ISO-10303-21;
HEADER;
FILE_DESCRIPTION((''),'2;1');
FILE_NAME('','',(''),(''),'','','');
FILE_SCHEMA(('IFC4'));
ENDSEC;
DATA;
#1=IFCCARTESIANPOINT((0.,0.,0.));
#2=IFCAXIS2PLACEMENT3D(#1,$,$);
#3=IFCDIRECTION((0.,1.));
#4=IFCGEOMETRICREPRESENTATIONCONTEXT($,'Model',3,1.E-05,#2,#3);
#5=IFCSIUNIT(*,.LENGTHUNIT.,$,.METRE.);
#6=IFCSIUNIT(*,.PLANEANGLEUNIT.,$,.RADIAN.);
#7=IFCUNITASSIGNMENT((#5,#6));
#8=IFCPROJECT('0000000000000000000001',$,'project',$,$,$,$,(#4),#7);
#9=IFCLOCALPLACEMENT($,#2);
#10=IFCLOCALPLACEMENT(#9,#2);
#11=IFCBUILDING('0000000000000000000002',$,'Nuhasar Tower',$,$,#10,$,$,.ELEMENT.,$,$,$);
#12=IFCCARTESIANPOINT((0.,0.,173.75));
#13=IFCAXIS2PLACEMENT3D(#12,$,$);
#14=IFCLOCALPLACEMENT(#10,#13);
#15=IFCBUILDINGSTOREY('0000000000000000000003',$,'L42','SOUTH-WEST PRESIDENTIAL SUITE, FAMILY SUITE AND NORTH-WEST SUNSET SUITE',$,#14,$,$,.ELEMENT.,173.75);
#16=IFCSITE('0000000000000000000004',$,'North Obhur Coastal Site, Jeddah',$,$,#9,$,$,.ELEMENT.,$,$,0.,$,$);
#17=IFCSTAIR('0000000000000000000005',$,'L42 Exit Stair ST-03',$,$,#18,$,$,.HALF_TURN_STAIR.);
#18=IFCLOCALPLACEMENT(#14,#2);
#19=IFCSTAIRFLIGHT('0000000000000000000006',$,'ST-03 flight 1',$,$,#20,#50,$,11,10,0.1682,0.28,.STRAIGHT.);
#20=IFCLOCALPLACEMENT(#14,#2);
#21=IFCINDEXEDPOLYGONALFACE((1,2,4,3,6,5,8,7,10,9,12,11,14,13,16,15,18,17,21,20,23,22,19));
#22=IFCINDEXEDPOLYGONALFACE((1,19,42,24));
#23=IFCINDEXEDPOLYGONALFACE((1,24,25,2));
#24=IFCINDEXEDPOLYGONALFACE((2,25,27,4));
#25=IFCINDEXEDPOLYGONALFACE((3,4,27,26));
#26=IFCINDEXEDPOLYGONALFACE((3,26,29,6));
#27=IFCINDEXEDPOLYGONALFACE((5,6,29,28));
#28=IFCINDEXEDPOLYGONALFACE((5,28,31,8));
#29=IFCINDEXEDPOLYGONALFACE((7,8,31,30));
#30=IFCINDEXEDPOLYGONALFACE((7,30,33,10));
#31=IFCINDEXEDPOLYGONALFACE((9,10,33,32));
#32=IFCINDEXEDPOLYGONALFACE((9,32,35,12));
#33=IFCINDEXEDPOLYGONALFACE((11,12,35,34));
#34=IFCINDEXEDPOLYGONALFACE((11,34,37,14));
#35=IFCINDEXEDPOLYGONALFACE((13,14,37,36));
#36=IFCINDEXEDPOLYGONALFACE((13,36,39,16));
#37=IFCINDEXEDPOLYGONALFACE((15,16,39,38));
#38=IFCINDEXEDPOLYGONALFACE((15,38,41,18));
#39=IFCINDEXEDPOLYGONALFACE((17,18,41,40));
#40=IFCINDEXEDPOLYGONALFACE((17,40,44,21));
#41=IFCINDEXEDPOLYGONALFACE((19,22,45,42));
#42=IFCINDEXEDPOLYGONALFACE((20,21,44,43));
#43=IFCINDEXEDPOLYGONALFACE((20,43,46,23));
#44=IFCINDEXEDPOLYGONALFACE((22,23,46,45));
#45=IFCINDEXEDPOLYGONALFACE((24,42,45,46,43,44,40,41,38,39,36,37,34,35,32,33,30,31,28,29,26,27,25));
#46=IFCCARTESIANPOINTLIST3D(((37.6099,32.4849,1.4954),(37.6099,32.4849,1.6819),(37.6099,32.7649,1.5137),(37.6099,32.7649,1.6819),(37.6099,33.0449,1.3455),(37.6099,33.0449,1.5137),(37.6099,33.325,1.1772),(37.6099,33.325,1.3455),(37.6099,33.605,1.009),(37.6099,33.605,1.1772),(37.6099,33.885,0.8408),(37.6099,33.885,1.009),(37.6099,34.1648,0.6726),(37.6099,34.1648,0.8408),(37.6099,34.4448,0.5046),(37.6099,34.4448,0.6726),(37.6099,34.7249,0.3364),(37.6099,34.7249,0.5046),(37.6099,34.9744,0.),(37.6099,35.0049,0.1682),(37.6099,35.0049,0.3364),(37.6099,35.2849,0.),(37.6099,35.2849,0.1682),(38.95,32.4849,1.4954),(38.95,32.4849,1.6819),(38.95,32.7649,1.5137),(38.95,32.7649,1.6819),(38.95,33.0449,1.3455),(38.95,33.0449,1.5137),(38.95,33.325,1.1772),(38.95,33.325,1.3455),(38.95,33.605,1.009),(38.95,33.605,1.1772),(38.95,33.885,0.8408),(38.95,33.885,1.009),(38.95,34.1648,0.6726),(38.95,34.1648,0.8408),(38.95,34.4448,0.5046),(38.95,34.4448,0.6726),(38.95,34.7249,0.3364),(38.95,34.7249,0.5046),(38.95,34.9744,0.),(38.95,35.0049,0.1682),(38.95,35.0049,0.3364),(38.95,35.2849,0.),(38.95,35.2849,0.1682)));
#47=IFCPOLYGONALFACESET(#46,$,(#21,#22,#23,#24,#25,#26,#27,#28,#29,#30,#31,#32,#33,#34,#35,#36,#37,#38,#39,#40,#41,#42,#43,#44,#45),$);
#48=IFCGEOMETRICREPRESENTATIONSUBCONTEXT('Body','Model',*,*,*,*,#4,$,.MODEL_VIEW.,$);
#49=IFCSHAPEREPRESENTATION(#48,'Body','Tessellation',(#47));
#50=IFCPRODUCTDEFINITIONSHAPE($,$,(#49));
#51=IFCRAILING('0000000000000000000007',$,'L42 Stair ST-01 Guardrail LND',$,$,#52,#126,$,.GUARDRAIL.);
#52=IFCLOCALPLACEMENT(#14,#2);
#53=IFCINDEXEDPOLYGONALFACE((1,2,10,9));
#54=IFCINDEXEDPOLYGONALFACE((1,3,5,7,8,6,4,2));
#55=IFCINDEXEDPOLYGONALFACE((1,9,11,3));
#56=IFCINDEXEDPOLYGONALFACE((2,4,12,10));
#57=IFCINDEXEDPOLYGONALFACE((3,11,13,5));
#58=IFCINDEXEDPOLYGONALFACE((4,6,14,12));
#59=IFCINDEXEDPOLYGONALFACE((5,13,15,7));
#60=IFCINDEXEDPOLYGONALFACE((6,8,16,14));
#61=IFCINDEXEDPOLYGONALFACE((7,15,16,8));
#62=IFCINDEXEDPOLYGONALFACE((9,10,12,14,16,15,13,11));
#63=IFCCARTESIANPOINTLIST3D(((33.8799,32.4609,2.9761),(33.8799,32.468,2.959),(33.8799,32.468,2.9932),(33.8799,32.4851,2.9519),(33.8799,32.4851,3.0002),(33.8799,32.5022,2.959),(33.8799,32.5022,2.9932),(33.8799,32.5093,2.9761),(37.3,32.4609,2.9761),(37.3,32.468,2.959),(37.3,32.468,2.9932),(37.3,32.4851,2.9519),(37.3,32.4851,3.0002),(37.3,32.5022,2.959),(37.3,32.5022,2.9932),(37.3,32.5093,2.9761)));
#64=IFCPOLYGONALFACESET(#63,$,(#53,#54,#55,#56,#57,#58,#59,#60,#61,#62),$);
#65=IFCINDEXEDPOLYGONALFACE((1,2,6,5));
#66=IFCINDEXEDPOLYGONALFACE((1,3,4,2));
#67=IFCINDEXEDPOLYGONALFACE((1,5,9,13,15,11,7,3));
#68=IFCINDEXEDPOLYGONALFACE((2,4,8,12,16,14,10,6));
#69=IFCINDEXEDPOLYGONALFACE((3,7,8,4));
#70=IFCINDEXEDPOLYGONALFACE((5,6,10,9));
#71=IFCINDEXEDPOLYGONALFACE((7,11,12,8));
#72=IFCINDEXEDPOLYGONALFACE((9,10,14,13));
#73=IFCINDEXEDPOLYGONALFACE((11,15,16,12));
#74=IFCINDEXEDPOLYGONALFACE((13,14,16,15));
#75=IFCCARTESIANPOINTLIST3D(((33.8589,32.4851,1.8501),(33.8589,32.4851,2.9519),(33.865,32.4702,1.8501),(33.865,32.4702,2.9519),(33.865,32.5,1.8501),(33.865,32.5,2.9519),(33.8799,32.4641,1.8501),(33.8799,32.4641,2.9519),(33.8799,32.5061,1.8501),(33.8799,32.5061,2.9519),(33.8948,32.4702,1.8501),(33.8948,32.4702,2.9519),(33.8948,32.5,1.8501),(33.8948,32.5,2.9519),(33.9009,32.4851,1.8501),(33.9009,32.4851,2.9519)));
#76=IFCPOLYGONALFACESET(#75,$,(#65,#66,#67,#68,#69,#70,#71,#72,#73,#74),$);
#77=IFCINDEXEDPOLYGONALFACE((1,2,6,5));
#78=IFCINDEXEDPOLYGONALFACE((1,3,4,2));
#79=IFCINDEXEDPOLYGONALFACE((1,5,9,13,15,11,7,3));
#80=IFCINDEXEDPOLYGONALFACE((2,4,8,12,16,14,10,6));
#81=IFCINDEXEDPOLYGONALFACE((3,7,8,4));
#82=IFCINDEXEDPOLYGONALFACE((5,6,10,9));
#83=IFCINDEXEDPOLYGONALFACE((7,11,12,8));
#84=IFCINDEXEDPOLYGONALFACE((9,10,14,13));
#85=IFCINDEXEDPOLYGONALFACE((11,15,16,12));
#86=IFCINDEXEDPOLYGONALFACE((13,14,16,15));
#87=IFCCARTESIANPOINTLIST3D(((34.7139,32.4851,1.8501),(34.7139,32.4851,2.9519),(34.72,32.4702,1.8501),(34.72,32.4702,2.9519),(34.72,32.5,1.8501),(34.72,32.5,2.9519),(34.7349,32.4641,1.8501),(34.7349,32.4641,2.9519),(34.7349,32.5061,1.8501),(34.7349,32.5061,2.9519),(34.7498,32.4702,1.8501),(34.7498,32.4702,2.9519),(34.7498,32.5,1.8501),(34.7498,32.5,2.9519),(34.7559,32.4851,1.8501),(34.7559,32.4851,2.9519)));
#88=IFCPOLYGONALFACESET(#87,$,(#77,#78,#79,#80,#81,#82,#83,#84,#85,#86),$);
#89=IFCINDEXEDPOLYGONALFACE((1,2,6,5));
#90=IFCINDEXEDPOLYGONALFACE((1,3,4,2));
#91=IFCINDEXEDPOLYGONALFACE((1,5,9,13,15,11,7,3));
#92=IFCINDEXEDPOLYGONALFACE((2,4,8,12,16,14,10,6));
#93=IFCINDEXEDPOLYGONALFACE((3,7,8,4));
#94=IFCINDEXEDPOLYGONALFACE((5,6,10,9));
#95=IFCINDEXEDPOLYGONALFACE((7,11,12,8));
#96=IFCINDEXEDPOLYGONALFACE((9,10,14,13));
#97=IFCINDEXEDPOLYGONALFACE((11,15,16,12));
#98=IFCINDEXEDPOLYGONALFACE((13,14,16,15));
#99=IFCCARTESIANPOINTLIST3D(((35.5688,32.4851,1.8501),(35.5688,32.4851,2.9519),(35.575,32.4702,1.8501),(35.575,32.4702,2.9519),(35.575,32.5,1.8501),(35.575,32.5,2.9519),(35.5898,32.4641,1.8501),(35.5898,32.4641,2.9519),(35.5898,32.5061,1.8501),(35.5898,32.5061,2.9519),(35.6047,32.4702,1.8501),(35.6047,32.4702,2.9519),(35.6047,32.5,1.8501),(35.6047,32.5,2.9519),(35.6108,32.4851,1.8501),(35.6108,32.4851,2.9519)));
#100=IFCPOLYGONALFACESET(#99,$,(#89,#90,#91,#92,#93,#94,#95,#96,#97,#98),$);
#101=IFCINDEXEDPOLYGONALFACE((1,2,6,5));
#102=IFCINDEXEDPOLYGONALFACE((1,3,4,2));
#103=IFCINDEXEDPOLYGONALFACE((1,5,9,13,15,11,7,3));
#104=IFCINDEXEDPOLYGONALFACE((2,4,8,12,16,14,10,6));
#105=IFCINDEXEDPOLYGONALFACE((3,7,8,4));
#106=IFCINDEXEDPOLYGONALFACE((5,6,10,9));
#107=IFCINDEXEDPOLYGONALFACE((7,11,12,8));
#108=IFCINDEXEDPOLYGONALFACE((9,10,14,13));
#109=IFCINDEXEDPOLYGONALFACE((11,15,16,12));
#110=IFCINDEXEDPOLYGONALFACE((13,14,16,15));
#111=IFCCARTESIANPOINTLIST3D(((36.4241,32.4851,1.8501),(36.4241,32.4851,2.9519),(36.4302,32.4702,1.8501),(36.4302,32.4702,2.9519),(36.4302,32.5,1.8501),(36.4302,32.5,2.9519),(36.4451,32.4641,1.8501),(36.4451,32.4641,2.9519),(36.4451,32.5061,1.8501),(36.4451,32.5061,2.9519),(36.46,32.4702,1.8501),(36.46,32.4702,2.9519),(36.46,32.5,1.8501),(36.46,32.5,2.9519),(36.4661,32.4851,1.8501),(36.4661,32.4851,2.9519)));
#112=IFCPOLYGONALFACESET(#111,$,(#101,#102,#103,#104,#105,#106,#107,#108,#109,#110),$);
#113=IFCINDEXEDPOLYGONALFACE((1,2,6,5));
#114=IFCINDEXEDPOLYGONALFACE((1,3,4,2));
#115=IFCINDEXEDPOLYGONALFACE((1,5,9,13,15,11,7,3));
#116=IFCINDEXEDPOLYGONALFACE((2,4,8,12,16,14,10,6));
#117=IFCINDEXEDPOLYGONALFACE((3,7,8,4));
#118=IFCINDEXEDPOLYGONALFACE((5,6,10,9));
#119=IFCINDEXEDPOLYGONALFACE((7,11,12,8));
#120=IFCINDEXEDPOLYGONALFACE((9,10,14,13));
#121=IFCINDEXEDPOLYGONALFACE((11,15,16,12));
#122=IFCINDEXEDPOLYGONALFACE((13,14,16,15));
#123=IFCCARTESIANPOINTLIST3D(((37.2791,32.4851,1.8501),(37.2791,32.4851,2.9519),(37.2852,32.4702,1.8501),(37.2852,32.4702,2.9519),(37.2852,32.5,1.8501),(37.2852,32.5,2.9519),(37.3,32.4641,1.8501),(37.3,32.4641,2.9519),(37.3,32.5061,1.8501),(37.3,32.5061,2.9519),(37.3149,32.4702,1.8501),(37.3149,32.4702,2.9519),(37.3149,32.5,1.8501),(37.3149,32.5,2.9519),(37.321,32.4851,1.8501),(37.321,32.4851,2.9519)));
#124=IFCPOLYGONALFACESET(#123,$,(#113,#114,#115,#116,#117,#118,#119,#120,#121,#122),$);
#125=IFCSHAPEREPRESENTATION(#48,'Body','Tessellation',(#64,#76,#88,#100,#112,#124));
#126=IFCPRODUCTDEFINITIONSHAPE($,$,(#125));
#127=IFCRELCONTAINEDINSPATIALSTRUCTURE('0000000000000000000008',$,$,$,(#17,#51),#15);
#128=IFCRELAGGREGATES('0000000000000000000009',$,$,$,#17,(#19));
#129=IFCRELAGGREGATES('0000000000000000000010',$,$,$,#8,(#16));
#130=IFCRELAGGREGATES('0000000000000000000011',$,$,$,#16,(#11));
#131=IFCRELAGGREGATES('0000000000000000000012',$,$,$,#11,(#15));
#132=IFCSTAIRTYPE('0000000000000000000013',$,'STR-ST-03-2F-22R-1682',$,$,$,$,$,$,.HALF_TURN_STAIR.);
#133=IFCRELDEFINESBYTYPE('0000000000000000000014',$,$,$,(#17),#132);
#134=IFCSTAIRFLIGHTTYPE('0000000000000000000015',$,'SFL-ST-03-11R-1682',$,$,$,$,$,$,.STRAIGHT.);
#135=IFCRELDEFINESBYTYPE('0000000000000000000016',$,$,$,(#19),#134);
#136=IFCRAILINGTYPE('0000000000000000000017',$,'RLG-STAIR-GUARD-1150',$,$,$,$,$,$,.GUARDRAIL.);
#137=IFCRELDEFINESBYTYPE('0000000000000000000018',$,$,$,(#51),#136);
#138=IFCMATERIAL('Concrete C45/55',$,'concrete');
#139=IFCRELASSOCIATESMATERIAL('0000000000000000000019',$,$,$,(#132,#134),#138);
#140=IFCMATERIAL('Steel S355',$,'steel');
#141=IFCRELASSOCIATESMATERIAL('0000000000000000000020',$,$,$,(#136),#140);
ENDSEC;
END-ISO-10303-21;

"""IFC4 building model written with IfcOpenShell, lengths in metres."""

from ifc_helpers import new_model, si_unit, direction, frame, origin, place, context, subcontext, project, spatial, polyline, outline, extrude, material, type_object, element, aggregate, save


model = new_model("IFC4")

# Units and contexts
model_context = context("Model", 3, precision=1e-05, world=origin(), true_north=direction((0.0, 1.0)))
body_context = subcontext(model_context, "Body", "Model", "MODEL_VIEW")
ifc_project = project(units=[si_unit("LENGTHUNIT", "METRE"), si_unit("PLANEANGLEUNIT", "RADIAN")], contexts=[model_context])

# Site, building, storey
site_placement = place(None, origin())
site = spatial("IfcSite", under=ifc_project, at=site_placement, Name="North Obhur Coastal Site, Jeddah", CompositionType="ELEMENT", RefElevation=0.0)
building_placement = place(site_placement, origin())
building = spatial("IfcBuilding", under=site, at=building_placement, Name="Nuhasar Tower", CompositionType="ELEMENT")
storey_placement = place(building_placement, frame((0.0, 0.0, 173.75)))
storey = spatial("IfcBuildingStorey", under=building, at=storey_placement, Name="L42", Description="SOUTH-WEST PRESIDENTIAL SUITE, FAMILY SUITE AND NORTH-WEST SUNSET SUITE", CompositionType="ELEMENT", Elevation=173.75)

# Shared definitions
ifc_material_1 = material(Name="Steel S355", Category="steel")

# Shared definitions
ifc_material_2 = material(Name="Concrete C45/55", Category="concrete")

# Stair, stair flight
stair_type_1 = type_object("IfcStairType", Name="STR-ST-03-2F-22R-1682", PredefinedType="HALF_TURN_STAIR", material=ifc_material_2)
stair_1_placement = place(storey_placement, origin())
stair_1 = element("IfcStair", 1, at=stair_1_placement, inside=storey, type_object=stair_type_1, Name="L42 Exit Stair ST-03", PredefinedType="HALF_TURN_STAIR")
stair_flight_type_1 = type_object("IfcStairFlightType", Name="SFL-ST-03-11R-1682", PredefinedType="STRAIGHT", material=ifc_material_2)
stair_flight_1_placement = place(storey_placement, frame((38.28, 35.2849, 0.0), z_axis=(0.0, 0.0, 1.0), x_axis=(0.0, -1.0, 0.0)))
stair_flight_1 = element("IfcStairFlight", 2, at=stair_flight_1_placement, type_object=stair_flight_type_1, Name="ST-03 flight 1", NumberOfRisers=11, NumberOfTreads=10, PredefinedType="STRAIGHT", RiserHeight=0.1682, TreadLength=0.28, context=body_context, shape_type="SweptSolid", body=[
    extrude(outline(polyline([(0.0, 0.0), (0.0, 0.1682), (0.28, 0.1682), (0.28, 0.3364), (0.5601, 0.3364), (0.5601, 0.5046), (0.8401, 0.5046), (0.8401, 0.6726), (1.1201, 0.6726), (1.1201, 0.8408), (1.3999, 0.8408), (1.3999, 1.009), (1.6799, 1.009), (1.6799, 1.1772), (1.96, 1.1772), (1.96, 1.3455), (2.24, 1.3455), (2.24, 1.5137), (2.52, 1.5137), (2.52, 1.6819), (2.8, 1.6819), (2.8, 1.8501), (2.8, 1.4954), (0.3105, 0.0), (0.0, 0.0)])), frame((0.0, 0.6699, 0.0), z_axis=(0.0, -1.0, 0.0), x_axis=(1.0, 0.0, 0.0)), (0.0, 0.0, 1.0), 1.3401),
])
aggregate(stair_1, [stair_flight_1])

# Railing
railing_type_1 = type_object("IfcRailingType", Name="RLG-STAIR-GUARD-1150", PredefinedType="GUARDRAIL", material=ifc_material_1)
railing_1_placement = place(storey_placement, frame((33.8799, 32.4851, 1.8501)))
element("IfcRailing", 3, at=railing_1_placement, inside=storey, type_object=railing_type_1, Name="L42 Stair ST-01 Guardrail LND", PredefinedType="GUARDRAIL", context=body_context, shape_type="SweptSolid", body=[
    extrude(outline(polyline([(0.0242, 0.0), (0.0171, 0.0171), (0.0, 0.0242), (-0.0171, 0.0171), (-0.0242, 0.0), (-0.0171, -0.0171), (0.0, -0.0242), (0.0171, -0.0171), (0.0242, 0.0)])), frame((0.0, 0.0, 1.126), z_axis=(1.0, 0.0, 0.0), x_axis=(0.0, 1.0, 0.0)), (0.0, 0.0, 1.0), 3.4202),
    extrude(outline(polyline([(0.021, 0.0), (0.0149, 0.0149), (0.0, 0.021), (-0.0149, 0.0149), (-0.021, 0.0), (-0.0149, -0.0149), (0.0, -0.021), (0.0149, -0.0149), (0.021, 0.0)])), origin(), (0.0, 0.0, 1.0), 1.1018),
    extrude(outline(polyline([(0.021, 0.0), (0.0149, 0.0149), (0.0, 0.021), (-0.0149, 0.0149), (-0.021, 0.0), (-0.0149, -0.0149), (0.0, -0.021), (0.0149, -0.0149), (0.021, 0.0)])), frame((0.855, 0.0, 0.0)), (0.0, 0.0, 1.0), 1.1018),
    extrude(outline(polyline([(0.021, 0.0), (0.0149, 0.0149), (0.0, 0.021), (-0.0149, 0.0149), (-0.021, 0.0), (-0.0149, -0.0149), (0.0, -0.021), (0.0149, -0.0149), (0.021, 0.0)])), frame((1.71, 0.0, 0.0)), (0.0, 0.0, 1.0), 1.1018),
    extrude(outline(polyline([(0.021, 0.0), (0.0149, 0.0149), (0.0, 0.021), (-0.0149, 0.0149), (-0.021, 0.0), (-0.0149, -0.0149), (0.0, -0.021), (0.0149, -0.0149), (0.021, 0.0)])), frame((2.5652, 0.0, 0.0)), (0.0, 0.0, 1.0), 1.1018),
    extrude(outline(polyline([(0.021, 0.0), (0.0149, 0.0149), (0.0, 0.021), (-0.0149, 0.0149), (-0.021, 0.0), (-0.0149, -0.0149), (0.0, -0.021), (0.0149, -0.0149), (0.021, 0.0)])), frame((3.4202, 0.0, 0.0)), (0.0, 0.0, 1.0), 1.1018),
])

save(model, "model.ifc")
